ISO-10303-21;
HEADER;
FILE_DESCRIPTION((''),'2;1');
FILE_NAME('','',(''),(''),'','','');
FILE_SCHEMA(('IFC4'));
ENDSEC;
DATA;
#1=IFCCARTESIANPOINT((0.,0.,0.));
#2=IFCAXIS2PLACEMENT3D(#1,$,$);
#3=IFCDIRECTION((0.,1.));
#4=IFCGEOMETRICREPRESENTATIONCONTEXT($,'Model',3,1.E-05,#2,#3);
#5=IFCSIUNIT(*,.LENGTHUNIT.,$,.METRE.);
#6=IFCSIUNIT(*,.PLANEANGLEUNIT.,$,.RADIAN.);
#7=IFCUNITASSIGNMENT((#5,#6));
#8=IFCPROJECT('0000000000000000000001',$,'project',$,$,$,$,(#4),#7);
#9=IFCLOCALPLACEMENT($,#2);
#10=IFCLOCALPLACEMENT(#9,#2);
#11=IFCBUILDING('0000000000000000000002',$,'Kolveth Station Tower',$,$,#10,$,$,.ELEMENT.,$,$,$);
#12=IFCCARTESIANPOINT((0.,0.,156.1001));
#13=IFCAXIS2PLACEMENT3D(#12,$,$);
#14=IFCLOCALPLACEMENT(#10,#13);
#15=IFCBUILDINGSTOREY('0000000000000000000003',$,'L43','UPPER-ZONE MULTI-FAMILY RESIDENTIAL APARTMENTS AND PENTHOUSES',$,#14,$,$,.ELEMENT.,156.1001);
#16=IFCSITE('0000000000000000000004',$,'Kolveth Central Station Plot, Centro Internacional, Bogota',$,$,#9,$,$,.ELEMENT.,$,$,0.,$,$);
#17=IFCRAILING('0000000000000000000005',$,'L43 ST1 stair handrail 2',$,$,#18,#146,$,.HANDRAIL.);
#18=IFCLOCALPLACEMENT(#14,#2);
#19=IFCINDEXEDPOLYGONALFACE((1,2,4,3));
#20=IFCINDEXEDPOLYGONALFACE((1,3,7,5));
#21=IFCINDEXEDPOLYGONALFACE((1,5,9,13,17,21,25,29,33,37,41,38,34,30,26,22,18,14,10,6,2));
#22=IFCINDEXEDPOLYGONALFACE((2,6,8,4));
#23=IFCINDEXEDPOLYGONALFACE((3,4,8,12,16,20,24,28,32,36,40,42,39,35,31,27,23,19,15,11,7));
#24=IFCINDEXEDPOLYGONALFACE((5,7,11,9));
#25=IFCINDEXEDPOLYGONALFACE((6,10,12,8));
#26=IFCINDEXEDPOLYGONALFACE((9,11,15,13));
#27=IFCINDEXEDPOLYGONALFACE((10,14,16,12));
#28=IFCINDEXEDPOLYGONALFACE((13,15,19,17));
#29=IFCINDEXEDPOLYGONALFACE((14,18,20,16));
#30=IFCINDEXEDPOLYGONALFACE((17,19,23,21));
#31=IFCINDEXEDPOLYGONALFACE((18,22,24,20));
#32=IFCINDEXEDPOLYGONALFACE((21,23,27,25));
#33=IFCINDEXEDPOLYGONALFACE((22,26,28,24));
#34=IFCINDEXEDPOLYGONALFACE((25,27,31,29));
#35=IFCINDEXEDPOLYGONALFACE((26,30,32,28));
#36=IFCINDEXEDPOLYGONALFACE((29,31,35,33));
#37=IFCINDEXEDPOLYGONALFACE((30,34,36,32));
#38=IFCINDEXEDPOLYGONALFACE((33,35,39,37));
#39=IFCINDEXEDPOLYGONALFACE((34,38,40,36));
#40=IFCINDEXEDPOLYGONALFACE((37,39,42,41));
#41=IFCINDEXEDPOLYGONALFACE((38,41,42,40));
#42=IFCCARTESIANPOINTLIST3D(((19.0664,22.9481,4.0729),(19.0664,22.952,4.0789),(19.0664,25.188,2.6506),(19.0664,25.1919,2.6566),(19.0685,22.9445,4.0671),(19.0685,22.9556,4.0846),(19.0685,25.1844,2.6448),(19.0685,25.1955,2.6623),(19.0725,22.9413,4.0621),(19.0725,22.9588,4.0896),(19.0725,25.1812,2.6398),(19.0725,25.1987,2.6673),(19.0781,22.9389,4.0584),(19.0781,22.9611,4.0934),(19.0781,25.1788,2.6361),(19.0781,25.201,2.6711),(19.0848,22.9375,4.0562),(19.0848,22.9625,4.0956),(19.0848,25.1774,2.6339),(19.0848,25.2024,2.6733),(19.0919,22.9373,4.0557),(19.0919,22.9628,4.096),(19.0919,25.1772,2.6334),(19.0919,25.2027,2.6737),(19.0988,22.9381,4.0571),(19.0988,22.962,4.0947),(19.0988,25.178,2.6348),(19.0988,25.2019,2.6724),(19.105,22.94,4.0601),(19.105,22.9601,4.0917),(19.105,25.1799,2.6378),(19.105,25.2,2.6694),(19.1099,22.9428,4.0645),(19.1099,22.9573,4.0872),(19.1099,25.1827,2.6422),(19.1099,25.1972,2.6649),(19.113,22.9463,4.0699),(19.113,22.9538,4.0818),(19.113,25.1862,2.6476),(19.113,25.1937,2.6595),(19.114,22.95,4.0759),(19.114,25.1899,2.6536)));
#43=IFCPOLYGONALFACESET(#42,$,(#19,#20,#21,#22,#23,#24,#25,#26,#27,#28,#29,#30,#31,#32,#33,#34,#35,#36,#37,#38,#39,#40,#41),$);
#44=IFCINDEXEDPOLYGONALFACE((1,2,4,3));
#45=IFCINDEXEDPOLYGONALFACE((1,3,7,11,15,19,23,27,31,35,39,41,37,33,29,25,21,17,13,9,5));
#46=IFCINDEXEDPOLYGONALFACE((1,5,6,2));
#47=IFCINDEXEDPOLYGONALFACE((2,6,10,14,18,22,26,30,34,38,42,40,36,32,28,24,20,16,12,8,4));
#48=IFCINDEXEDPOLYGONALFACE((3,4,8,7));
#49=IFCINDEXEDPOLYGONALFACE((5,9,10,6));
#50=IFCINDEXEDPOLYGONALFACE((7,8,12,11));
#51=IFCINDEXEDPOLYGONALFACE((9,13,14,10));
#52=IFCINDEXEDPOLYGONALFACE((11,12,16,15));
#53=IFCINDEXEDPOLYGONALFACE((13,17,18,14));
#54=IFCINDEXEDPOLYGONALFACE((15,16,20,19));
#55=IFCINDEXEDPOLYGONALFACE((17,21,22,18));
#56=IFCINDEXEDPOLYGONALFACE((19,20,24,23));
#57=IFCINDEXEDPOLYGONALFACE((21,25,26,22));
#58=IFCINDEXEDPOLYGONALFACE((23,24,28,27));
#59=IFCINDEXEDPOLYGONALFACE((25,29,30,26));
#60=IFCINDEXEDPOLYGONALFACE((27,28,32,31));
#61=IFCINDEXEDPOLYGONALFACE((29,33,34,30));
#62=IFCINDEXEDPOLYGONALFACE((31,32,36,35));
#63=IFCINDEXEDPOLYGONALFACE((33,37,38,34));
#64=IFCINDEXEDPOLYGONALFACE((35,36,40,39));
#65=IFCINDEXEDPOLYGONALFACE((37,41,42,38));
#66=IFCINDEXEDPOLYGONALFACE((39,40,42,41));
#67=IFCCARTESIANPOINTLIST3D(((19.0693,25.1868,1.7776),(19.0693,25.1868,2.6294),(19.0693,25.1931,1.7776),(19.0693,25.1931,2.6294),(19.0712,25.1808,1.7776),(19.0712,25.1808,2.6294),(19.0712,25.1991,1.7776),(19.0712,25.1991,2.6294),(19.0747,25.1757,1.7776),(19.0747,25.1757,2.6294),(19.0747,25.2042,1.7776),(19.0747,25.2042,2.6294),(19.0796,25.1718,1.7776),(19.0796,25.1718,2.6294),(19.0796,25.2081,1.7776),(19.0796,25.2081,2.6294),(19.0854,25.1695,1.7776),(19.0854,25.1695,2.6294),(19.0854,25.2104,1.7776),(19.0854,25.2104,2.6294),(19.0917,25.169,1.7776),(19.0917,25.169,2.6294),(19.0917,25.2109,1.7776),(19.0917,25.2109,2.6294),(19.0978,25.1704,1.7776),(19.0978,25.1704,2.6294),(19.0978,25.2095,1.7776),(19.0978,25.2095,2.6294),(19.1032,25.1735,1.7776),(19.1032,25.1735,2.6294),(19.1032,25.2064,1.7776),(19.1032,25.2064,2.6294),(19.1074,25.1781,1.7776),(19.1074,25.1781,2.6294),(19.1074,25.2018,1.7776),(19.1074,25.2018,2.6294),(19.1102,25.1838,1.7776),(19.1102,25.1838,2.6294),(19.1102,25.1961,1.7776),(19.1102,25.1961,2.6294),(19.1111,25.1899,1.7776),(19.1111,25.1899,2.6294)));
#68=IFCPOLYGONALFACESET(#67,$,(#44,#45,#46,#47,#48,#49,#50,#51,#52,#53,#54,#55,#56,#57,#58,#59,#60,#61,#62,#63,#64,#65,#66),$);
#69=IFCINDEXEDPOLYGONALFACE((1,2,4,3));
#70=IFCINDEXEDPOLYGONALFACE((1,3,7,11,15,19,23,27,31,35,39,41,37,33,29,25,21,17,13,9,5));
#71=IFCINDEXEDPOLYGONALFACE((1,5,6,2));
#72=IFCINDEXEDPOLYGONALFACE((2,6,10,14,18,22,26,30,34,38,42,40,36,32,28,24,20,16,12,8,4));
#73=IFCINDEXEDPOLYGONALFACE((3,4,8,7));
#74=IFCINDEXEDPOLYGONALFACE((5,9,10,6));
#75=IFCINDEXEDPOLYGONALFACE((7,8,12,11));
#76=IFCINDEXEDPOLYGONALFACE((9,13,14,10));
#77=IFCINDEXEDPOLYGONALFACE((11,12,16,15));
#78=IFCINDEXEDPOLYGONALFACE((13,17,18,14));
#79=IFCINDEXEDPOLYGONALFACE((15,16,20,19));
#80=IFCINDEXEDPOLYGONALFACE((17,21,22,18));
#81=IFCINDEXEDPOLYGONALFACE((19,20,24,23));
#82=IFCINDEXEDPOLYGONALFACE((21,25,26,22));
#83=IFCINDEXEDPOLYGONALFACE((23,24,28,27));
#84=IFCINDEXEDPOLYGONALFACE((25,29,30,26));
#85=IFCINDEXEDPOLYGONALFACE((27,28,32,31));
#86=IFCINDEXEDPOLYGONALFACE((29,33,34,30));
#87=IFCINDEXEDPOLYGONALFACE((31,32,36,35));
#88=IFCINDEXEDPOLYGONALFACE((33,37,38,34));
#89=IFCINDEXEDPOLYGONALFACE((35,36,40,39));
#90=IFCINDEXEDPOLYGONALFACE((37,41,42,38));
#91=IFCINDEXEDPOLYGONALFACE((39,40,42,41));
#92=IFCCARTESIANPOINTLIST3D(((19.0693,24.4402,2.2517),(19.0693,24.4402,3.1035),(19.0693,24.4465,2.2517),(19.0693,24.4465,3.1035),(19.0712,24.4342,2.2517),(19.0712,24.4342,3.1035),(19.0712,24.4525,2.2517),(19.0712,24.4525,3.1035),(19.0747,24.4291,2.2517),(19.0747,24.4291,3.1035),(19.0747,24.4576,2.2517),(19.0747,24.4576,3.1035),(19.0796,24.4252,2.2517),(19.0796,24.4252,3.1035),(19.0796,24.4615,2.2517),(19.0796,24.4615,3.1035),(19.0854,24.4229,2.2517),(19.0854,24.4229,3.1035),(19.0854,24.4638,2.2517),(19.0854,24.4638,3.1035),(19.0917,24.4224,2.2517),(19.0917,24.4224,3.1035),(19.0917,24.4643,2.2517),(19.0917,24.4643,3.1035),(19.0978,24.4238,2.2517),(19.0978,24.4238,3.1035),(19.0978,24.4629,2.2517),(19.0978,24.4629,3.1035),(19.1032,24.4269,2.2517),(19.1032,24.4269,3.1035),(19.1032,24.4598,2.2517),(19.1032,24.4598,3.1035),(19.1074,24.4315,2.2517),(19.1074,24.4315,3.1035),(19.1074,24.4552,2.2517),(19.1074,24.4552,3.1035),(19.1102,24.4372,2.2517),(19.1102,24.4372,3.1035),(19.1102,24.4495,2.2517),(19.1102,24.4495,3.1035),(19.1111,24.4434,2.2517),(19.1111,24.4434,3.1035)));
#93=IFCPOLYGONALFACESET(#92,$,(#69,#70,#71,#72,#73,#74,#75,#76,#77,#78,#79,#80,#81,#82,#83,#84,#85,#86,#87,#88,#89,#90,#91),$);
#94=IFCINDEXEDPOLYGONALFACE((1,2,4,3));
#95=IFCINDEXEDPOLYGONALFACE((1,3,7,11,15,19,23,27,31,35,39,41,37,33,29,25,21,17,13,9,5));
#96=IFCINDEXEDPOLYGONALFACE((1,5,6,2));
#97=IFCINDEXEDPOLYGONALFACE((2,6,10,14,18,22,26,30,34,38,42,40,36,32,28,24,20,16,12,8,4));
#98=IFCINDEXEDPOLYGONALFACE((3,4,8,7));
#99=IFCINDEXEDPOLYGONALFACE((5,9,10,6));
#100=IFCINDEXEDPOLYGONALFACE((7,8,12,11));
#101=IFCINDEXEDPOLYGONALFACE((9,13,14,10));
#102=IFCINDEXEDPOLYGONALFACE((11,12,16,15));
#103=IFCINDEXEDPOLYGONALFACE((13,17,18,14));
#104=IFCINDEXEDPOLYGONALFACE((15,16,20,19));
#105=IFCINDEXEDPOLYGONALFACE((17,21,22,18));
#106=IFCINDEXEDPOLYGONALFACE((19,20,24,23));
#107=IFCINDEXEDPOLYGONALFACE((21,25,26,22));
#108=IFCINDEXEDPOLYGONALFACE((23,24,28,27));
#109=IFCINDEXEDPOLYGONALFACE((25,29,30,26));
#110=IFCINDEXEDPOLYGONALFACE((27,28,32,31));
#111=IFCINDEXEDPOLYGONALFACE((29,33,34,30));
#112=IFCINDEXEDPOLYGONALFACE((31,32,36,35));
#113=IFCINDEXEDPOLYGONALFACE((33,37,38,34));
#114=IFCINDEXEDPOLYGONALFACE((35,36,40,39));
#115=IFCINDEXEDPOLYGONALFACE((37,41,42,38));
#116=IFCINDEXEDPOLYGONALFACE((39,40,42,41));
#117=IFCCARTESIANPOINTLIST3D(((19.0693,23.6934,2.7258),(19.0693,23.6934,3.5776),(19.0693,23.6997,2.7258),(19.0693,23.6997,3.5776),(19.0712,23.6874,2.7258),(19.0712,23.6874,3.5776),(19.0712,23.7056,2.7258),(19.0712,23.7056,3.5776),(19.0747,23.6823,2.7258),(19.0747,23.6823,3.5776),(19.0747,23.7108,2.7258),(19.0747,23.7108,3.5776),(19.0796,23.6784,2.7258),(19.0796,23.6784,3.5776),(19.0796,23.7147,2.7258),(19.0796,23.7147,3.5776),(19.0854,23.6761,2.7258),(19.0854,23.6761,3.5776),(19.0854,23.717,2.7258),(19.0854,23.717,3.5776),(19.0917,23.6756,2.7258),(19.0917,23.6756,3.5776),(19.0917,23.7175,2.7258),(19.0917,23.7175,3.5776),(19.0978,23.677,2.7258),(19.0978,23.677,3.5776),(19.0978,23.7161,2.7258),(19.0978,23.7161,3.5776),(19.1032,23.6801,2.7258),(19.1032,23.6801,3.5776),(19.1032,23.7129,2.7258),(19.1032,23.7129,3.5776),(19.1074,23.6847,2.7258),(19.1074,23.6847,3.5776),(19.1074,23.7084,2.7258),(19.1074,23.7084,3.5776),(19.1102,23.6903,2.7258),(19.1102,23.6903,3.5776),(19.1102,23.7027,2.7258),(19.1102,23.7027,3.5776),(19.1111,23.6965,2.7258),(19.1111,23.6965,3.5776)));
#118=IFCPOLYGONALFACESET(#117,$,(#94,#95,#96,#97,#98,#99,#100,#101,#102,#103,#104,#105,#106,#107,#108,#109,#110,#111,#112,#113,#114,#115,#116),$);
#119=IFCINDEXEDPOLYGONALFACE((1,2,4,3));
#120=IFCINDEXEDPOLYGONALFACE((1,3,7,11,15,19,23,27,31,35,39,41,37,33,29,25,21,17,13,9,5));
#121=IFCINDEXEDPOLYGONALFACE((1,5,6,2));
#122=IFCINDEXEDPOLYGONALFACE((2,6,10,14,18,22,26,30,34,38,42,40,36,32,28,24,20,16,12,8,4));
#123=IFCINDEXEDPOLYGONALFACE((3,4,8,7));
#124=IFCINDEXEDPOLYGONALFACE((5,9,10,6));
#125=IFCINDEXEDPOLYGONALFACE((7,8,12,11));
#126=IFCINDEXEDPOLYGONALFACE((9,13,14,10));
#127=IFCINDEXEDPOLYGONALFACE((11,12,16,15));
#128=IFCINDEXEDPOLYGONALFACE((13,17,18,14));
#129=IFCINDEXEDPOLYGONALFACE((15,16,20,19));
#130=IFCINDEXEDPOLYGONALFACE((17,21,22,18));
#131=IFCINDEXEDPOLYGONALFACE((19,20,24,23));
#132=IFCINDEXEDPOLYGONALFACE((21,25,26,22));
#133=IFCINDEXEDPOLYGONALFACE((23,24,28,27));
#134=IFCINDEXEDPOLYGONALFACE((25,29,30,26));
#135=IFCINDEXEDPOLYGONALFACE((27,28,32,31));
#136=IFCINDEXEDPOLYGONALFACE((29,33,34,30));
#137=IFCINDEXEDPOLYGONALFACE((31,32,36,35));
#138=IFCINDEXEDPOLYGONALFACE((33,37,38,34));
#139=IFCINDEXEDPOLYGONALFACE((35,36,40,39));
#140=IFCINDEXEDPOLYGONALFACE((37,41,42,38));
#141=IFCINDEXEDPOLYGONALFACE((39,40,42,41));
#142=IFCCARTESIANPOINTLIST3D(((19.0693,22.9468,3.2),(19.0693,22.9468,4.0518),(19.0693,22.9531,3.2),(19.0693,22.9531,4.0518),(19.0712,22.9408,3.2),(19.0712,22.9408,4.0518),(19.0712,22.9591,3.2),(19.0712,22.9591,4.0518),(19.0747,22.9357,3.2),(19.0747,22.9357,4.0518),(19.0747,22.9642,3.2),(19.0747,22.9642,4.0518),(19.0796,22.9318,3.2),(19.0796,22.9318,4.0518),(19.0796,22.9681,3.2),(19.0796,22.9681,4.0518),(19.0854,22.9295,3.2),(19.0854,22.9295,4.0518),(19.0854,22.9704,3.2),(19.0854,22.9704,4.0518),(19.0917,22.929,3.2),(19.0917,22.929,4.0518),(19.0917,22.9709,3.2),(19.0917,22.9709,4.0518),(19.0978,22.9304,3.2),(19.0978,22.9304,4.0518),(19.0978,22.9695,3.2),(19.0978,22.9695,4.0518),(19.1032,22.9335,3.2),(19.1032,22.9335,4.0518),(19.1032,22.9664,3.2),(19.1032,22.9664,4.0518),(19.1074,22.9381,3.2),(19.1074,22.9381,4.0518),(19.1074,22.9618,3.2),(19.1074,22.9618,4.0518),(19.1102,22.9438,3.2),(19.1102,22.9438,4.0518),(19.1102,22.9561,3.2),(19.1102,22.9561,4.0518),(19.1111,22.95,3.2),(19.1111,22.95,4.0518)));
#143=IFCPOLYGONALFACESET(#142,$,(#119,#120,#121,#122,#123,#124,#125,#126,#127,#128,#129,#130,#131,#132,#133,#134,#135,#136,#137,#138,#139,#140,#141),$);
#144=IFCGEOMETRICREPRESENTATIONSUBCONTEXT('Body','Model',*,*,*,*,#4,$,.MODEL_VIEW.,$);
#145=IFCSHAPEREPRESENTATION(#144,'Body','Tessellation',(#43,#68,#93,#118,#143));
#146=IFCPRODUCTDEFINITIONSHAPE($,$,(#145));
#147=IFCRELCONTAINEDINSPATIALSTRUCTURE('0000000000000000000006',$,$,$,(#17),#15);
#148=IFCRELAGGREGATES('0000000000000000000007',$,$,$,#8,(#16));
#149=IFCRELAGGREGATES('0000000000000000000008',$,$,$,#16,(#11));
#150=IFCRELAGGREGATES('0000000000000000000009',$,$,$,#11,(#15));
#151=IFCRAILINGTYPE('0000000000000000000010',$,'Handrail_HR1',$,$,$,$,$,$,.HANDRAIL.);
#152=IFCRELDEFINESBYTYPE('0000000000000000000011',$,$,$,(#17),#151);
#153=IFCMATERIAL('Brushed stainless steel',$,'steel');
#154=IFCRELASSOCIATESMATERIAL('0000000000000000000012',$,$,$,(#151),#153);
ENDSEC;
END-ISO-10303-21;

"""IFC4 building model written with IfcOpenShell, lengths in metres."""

from ifc_helpers import new_model, si_unit, direction, frame, origin, origin_2d, place, context, subcontext, project, spatial, circle, extrude, material, type_object, element, save


model = new_model("IFC4")

# Units and contexts
model_context = context("Model", 3, precision=1e-05, world=origin(), true_north=direction((0.0, 1.0)))
body_context = subcontext(model_context, "Body", "Model", "MODEL_VIEW")
ifc_project = project(units=[si_unit("LENGTHUNIT", "METRE"), si_unit("PLANEANGLEUNIT", "RADIAN")], contexts=[model_context])

# Site, building, storey
site_placement = place(None, origin())
site = spatial("IfcSite", under=ifc_project, at=site_placement, Name="Kolveth Central Station Plot, Centro Internacional, Bogota", CompositionType="ELEMENT", RefElevation=0.0)
building_placement = place(site_placement, origin())
building = spatial("IfcBuilding", under=site, at=building_placement, Name="Kolveth Station Tower", CompositionType="ELEMENT")
storey_placement = place(building_placement, frame((0.0, 0.0, 156.1001)))
storey = spatial("IfcBuildingStorey", under=building, at=storey_placement, Name="L43", Description="UPPER-ZONE MULTI-FAMILY RESIDENTIAL APARTMENTS AND PENTHOUSES", CompositionType="ELEMENT", Elevation=156.1001)

# Railing
ifc_material_1 = material(Name="Brushed stainless steel", Category="steel")
railing_type_1 = type_object("IfcRailingType", Name="Handrail_HR1", PredefinedType="HANDRAIL", material=ifc_material_1)
for number, where, name in (
    (1, (19.0901, 25.1899, 1.7776), "L43 ST1 stair handrail 2"),
):
    element("IfcRailing", number, at=place(storey_placement, frame(where)), inside=storey, type_object=railing_type_1, Name=name, PredefinedType="HANDRAIL", context=body_context, shape_type="SweptSolid", body=[
        extrude(circle(Radius=0.0239, at=origin_2d()), frame((0.0, 0.0, 0.876), z_axis=(0.0, -0.844188, 0.536048), x_axis=(1.0, 0.0, 0.0)), (0.0, 0.0, 1.0), 2.6533),
        extrude(circle(Radius=0.021, at=origin_2d()), origin(), (0.0, 0.0, 1.0), 0.8518),
        extrude(circle(Radius=0.021, at=origin_2d()), frame((0.0, -0.7466, 0.4741)), (0.0, 0.0, 1.0), 0.8518),
        extrude(circle(Radius=0.021, at=origin_2d()), frame((0.0, -1.4934, 0.9482)), (0.0, 0.0, 1.0), 0.8518),
        extrude(circle(Radius=0.021, at=origin_2d()), frame((0.0, -2.24, 1.4224)), (0.0, 0.0, 1.0), 0.8518),
    ])

save(model, "model.ifc")
